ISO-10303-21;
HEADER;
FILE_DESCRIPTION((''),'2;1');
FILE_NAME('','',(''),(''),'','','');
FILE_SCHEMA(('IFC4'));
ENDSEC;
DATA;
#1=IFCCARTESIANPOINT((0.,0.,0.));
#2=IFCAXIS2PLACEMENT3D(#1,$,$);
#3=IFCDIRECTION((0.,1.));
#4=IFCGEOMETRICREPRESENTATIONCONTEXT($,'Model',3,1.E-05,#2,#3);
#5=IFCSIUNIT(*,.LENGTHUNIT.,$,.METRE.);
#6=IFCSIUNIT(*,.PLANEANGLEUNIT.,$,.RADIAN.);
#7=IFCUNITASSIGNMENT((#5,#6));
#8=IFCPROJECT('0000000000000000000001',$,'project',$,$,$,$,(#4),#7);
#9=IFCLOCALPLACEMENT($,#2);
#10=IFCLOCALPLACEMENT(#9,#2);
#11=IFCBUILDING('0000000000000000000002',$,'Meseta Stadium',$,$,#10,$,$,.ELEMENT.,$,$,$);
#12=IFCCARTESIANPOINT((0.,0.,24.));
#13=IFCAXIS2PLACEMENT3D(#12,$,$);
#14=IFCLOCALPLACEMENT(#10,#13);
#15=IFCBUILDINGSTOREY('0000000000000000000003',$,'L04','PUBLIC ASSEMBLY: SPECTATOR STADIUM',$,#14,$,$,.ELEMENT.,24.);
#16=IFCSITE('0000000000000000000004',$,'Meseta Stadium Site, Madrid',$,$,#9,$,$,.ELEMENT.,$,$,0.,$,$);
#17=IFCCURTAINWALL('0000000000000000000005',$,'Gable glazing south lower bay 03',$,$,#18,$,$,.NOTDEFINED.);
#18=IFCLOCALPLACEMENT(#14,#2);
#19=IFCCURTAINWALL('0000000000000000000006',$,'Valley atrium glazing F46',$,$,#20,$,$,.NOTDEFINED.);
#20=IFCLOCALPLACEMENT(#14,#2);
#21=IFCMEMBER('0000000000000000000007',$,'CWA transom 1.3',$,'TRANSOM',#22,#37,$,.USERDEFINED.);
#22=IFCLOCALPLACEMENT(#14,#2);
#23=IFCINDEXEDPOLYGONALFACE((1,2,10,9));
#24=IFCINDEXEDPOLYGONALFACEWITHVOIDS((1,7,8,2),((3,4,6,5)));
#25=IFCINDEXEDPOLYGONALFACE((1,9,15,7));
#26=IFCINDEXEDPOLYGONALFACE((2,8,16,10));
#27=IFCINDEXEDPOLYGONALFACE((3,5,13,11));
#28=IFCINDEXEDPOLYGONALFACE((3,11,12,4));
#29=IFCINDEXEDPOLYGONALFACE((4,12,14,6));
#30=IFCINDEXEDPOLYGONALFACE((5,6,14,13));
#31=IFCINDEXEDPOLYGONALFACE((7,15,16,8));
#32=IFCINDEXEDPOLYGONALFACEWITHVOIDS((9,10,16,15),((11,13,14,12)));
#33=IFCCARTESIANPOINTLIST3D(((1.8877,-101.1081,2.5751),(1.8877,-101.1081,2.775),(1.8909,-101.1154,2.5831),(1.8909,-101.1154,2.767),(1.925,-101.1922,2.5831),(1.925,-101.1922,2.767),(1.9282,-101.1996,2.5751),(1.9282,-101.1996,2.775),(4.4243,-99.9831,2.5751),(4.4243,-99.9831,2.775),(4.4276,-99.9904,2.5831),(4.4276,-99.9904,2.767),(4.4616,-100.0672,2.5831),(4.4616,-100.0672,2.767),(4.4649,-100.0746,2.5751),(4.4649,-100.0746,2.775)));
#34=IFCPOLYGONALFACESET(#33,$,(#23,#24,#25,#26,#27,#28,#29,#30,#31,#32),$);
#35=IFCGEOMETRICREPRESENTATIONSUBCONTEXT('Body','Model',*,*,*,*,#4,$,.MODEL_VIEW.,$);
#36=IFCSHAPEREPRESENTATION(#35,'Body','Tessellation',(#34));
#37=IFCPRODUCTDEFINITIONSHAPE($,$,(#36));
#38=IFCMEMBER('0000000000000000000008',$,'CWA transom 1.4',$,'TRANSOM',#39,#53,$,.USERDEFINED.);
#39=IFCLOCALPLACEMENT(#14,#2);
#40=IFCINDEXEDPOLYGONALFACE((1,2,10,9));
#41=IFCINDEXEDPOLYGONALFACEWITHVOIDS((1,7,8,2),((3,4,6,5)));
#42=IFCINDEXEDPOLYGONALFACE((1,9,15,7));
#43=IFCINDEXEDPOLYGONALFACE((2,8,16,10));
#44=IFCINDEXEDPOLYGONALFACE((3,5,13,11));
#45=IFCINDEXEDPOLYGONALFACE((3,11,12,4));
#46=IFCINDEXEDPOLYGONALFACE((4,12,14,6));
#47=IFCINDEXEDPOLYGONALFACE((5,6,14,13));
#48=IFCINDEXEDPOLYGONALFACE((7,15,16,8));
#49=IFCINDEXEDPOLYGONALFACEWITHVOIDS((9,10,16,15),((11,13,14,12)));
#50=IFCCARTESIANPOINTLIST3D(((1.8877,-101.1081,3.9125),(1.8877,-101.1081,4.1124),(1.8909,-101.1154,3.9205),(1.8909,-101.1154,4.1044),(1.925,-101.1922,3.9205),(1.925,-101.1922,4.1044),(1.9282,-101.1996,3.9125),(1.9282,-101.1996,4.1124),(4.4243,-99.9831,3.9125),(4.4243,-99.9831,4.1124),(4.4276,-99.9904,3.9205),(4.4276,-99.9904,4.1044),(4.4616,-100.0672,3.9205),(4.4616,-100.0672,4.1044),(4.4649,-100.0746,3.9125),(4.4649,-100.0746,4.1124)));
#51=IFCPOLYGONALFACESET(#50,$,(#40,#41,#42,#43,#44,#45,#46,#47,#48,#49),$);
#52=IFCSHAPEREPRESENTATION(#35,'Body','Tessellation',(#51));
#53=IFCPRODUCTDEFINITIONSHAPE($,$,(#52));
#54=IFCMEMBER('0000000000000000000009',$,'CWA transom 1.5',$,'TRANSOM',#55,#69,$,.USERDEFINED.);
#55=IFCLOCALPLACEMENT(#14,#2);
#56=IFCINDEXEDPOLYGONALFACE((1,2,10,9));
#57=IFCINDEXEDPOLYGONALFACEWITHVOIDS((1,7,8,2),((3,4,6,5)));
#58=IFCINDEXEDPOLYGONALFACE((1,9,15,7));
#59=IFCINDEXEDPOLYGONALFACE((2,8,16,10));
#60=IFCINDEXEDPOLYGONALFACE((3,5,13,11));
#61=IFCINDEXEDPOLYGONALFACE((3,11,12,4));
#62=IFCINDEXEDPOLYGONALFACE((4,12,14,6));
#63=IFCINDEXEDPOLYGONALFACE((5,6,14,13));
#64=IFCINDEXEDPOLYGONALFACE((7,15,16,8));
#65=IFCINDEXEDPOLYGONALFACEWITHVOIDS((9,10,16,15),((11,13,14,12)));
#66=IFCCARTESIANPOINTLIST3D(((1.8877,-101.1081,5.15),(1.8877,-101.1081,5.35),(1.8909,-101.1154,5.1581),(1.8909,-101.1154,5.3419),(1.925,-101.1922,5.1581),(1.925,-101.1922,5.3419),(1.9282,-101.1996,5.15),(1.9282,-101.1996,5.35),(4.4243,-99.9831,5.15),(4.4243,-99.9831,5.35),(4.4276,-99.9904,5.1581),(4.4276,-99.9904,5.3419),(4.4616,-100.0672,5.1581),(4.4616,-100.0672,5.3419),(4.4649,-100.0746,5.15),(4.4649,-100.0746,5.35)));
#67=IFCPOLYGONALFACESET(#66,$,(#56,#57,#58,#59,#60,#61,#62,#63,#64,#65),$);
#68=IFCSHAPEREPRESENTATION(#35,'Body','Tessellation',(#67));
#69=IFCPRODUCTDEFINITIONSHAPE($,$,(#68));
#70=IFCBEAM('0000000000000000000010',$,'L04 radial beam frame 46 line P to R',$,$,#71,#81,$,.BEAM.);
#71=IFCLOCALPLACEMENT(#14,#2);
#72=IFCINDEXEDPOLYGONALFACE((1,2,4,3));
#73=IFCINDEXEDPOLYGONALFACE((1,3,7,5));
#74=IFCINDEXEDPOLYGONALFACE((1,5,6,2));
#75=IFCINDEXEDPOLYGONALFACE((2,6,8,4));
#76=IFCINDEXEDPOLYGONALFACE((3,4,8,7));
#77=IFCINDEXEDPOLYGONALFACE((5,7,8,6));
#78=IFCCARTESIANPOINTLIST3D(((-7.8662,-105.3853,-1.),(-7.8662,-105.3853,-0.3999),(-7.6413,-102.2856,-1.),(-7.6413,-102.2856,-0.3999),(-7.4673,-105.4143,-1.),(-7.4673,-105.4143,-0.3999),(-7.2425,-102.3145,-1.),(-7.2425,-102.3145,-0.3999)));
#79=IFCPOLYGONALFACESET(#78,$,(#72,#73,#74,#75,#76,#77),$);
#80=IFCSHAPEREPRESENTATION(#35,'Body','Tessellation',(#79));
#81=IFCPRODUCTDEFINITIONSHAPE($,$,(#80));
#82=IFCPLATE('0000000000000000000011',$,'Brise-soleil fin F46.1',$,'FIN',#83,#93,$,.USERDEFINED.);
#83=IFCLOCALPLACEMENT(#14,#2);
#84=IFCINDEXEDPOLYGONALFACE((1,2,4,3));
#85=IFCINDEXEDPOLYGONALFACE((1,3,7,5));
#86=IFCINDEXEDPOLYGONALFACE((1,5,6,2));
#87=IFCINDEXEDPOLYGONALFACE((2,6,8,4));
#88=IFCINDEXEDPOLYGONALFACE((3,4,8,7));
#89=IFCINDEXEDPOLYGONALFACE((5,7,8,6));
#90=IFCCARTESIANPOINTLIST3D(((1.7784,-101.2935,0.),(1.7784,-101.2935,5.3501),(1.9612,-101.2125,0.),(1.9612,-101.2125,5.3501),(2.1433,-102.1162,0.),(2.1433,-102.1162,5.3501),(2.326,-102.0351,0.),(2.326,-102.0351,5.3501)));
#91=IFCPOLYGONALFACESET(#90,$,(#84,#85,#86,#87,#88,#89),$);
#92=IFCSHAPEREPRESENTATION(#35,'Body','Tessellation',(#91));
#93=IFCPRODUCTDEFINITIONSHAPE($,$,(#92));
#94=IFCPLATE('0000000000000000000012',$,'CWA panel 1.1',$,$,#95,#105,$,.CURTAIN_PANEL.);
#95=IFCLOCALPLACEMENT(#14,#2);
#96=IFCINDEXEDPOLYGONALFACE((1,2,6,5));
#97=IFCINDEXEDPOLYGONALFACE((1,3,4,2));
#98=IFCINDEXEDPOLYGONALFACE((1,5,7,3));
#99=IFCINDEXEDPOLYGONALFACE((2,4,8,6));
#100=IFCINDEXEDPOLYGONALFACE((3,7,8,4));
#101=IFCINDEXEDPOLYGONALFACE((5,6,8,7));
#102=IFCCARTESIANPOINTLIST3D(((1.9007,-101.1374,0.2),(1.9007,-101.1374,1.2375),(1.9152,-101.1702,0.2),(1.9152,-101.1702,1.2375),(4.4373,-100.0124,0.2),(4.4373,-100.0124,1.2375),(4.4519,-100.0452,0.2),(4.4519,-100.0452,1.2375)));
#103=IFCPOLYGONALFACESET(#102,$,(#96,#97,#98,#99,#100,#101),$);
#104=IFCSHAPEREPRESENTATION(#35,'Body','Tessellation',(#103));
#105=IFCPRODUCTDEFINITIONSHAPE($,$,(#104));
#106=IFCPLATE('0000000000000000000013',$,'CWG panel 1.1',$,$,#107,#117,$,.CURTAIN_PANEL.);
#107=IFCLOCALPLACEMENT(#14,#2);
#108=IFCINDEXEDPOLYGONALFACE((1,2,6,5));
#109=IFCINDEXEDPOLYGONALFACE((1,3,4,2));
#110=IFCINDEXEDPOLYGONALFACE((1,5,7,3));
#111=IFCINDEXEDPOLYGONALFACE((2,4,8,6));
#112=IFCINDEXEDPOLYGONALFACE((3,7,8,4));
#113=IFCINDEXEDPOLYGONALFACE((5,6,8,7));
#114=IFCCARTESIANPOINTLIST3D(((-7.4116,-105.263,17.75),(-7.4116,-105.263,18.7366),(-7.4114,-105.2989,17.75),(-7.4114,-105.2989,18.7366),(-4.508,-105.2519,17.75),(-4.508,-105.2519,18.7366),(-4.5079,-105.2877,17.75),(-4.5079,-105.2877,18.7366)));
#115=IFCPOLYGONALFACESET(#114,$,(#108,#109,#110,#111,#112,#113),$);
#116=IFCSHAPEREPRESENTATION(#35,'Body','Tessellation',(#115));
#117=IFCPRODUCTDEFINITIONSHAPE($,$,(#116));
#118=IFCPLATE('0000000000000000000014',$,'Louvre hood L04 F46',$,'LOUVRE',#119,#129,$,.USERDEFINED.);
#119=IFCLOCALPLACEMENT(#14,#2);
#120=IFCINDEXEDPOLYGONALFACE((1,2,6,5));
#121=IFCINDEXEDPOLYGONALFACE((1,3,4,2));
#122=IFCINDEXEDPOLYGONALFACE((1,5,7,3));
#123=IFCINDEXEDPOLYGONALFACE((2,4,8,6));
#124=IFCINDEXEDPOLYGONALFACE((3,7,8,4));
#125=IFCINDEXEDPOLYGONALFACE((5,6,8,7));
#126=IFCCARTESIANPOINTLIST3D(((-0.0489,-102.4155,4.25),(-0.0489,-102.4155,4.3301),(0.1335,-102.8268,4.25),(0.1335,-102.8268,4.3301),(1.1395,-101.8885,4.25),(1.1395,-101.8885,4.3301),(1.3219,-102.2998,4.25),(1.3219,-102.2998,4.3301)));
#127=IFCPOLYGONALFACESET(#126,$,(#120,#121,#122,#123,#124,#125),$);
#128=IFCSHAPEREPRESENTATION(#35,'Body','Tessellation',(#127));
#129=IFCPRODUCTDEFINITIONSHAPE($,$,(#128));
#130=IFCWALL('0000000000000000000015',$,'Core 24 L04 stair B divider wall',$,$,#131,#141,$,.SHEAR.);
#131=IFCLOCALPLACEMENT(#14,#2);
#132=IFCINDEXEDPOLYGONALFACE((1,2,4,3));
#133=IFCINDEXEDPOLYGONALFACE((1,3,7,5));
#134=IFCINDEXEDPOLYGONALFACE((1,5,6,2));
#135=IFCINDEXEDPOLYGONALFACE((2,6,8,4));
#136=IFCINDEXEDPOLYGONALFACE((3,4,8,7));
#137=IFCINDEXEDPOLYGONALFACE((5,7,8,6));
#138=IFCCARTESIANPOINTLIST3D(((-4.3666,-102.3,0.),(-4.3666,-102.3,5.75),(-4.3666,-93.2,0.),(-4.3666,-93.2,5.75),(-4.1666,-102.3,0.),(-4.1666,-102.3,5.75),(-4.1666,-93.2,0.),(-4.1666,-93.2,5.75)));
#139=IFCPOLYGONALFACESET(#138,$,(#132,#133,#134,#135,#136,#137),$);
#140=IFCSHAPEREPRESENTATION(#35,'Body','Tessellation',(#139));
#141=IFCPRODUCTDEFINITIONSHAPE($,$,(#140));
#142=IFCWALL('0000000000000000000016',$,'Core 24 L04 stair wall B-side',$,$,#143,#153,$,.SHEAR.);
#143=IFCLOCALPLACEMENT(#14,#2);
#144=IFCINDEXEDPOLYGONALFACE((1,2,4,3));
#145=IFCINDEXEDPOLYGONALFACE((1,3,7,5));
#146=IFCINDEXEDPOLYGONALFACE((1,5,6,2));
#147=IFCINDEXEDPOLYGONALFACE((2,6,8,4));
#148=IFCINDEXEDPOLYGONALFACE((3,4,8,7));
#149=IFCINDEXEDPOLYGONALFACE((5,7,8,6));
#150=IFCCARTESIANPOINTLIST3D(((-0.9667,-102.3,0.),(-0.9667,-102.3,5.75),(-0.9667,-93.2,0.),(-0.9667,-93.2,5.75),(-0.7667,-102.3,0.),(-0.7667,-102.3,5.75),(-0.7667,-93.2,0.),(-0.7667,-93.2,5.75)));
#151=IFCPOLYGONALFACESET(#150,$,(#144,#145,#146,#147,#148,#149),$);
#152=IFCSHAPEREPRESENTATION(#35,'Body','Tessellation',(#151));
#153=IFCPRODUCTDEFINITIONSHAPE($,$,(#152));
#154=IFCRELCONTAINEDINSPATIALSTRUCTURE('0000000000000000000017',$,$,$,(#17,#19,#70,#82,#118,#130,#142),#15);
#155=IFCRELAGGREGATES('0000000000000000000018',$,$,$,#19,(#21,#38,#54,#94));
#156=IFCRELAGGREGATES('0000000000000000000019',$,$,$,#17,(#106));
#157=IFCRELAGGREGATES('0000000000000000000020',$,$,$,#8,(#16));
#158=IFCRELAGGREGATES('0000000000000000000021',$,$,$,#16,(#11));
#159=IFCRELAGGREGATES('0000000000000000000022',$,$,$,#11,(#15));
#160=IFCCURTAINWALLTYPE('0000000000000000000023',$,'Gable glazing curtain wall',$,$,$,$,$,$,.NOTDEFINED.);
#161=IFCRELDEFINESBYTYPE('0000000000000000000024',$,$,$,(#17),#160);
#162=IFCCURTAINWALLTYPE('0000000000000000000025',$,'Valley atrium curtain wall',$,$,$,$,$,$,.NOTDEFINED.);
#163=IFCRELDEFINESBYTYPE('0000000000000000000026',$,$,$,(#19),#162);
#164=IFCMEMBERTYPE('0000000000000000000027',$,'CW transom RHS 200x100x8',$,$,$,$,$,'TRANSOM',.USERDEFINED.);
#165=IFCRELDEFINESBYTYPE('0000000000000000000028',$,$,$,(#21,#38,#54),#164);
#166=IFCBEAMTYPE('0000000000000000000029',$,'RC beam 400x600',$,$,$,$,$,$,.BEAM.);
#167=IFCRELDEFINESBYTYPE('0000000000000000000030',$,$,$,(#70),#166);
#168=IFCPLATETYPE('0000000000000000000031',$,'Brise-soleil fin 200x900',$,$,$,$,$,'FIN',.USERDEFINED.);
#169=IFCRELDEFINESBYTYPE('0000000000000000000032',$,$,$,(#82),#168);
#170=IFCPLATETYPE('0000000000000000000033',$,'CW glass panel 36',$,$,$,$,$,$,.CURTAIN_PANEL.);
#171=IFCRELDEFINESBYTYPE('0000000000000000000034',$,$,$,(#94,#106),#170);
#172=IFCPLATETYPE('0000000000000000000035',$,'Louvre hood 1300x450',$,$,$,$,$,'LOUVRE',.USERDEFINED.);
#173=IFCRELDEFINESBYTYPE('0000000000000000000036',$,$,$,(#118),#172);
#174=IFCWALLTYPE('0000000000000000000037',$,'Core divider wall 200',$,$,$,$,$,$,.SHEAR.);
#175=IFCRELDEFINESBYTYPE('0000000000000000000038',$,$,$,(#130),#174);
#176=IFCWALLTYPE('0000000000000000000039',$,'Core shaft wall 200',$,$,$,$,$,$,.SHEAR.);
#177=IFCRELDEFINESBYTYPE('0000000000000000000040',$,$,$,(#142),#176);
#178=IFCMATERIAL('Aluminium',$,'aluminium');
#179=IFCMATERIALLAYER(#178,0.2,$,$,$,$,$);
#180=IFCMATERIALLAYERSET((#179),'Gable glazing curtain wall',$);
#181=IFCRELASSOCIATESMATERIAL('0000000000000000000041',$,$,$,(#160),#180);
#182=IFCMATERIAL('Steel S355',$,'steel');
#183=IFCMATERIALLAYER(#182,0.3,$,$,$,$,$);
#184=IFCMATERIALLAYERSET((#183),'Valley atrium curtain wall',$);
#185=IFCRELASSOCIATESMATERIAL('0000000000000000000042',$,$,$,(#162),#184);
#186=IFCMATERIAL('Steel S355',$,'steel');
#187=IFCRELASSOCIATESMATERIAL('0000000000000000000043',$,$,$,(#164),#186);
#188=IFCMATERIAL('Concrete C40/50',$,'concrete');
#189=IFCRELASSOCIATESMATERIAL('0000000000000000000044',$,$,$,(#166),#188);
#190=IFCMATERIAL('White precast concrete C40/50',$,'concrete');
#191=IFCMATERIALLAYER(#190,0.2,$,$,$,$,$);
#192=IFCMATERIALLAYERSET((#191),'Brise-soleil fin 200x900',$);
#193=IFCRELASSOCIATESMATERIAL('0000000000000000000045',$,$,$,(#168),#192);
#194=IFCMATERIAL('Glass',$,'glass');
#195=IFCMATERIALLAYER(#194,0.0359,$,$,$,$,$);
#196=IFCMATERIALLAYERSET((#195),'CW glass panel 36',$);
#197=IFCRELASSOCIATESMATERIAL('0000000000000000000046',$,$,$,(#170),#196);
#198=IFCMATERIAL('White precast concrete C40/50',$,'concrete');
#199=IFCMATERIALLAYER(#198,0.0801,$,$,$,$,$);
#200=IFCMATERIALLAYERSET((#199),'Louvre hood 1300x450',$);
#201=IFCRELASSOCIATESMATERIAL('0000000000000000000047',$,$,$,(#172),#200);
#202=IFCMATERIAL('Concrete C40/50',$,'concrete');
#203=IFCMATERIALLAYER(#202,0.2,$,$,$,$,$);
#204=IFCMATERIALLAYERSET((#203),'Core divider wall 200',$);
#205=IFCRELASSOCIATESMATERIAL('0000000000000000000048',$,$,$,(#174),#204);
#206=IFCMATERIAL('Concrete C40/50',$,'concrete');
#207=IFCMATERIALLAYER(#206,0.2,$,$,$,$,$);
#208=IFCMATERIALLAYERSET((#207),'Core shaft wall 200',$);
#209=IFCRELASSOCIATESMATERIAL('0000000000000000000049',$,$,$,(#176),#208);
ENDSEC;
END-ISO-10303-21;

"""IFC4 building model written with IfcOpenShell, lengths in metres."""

from ifc_helpers import new_model, si_unit, direction, frame, frame_2d, origin, origin_2d, place, context, subcontext, project, spatial, rectangle, hollow_rectangle, extrude, material, layer, layer_set, material_profile, profile_set, type_object, element, aggregate, save


model = new_model("IFC4")

# Units and contexts
model_context = context("Model", 3, precision=1e-05, world=origin(), true_north=direction((0.0, 1.0)))
body_context = subcontext(model_context, "Body", "Model", "MODEL_VIEW")
ifc_project = project(units=[si_unit("LENGTHUNIT", "METRE"), si_unit("PLANEANGLEUNIT", "RADIAN")], contexts=[model_context])

# Site, building, storey
site_placement = place(None, origin())
site = spatial("IfcSite", under=ifc_project, at=site_placement, Name="Meseta Stadium Site, Madrid", CompositionType="ELEMENT", RefElevation=0.0)
building_placement = place(site_placement, origin())
building = spatial("IfcBuilding", under=site, at=building_placement, Name="Meseta Stadium", CompositionType="ELEMENT")
storey_placement = place(building_placement, frame((0.0, 0.0, 24.0)))
storey = spatial("IfcBuildingStorey", under=building, at=storey_placement, Name="L04", Description="PUBLIC ASSEMBLY: SPECTATOR STADIUM", CompositionType="ELEMENT", Elevation=24.0)

# Curtain wall
ifc_material_1 = material(Name="Aluminium", Category="aluminium")
ifc_layer_1 = layer(ifc_material_1, 0.2)
ifc_layer_set_1 = layer_set([ifc_layer_1], Name="Gable glazing curtain wall")
curtain_wall_type_1 = type_object("IfcCurtainWallType", Name="Gable glazing curtain wall", PredefinedType="NOTDEFINED", material=ifc_layer_set_1)
curtain_wall_1_placement = place(storey_placement, origin())
curtain_wall_1 = element("IfcCurtainWall", 1, at=curtain_wall_1_placement, inside=storey, type_object=curtain_wall_type_1, Name="Gable glazing south lower bay 03", PredefinedType="NOTDEFINED")

# Curtain wall
ifc_material_2 = material(Name="Steel S355", Category="steel")
ifc_layer_2 = layer(ifc_material_2, 0.3)
ifc_layer_set_2 = layer_set([ifc_layer_2], Name="Valley atrium curtain wall")
curtain_wall_type_2 = type_object("IfcCurtainWallType", Name="Valley atrium curtain wall", PredefinedType="NOTDEFINED", material=ifc_layer_set_2)
curtain_wall_2_placement = place(storey_placement, origin())
curtain_wall_2 = element("IfcCurtainWall", 2, at=curtain_wall_2_placement, inside=storey, type_object=curtain_wall_type_2, Name="Valley atrium glazing F46", PredefinedType="NOTDEFINED")

# Members
ifc_material_3 = material(Name="Steel S355", Category="steel")
ifc_material_profile_1 = material_profile(ifc_material_3, hollow_rectangle(XDim=0.1001, YDim=0.2, WallThickness=0.0081, at=origin_2d()), Name="RHS 200x100x8")
ifc_profile_set_1 = profile_set([ifc_material_profile_1], Name="Steel S355")
member_type_1 = type_object("IfcMemberType", Name="CW transom RHS 200x100x8", ElementType="TRANSOM", PredefinedType="USERDEFINED", material=ifc_profile_set_1)
member_1_placement = place(storey_placement, frame((1.908, -101.1538, 2.675), z_axis=(0.914131, 0.40542, 0.0), x_axis=(-0.40542, 0.914131, 0.0)))
member_1 = element("IfcMember", 3, at=member_1_placement, type_object=member_type_1, Name="CWA transom 1.3", ObjectType="TRANSOM", PredefinedType="USERDEFINED", context=body_context, shape_type="SweptSolid", body=[
    extrude(hollow_rectangle(XDim=0.1001, YDim=0.2, WallThickness=0.0081, at=origin_2d()), origin(), (0.0, 0.0, 1.0), 2.7749),
])
member_2_placement = place(storey_placement, frame((1.908, -101.1538, 4.0125), z_axis=(0.914131, 0.40542, 0.0), x_axis=(-0.40542, 0.914131, 0.0)))
member_2 = element("IfcMember", 4, at=member_2_placement, type_object=member_type_1, Name="CWA transom 1.4", ObjectType="TRANSOM", PredefinedType="USERDEFINED", context=body_context, shape_type="SweptSolid", body=[
    extrude(hollow_rectangle(XDim=0.1001, YDim=0.2, WallThickness=0.0081, at=origin_2d()), origin(), (0.0, 0.0, 1.0), 2.7749),
])
member_3_placement = place(storey_placement, frame((1.908, -101.1538, 5.25), z_axis=(0.914131, 0.40542, 0.0), x_axis=(-0.40542, 0.914131, 0.0)))
member_3 = element("IfcMember", 5, at=member_3_placement, type_object=member_type_1, Name="CWA transom 1.5", ObjectType="TRANSOM", PredefinedType="USERDEFINED", context=body_context, shape_type="SweptSolid", body=[
    extrude(hollow_rectangle(XDim=0.1001, YDim=0.2, WallThickness=0.0081, at=origin_2d()), origin(), (0.0, 0.0, 1.0), 2.7749),
])

# Beam
ifc_material_4 = material(Name="Concrete C40/50", Category="concrete")
ifc_material_profile_2 = material_profile(ifc_material_4, rectangle(XDim=0.3999, YDim=0.6001, at=origin_2d()), Name="RC 400x600")
ifc_profile_set_2 = profile_set([ifc_material_profile_2], Name="Concrete C40/50")
beam_type = type_object("IfcBeamType", Name="RC beam 400x600", PredefinedType="BEAM", material=ifc_profile_set_2)
beam_placement = place(storey_placement, frame((-7.4419, -102.3, -0.7), z_axis=(-0.072347, -0.99738, 0.0), x_axis=(0.99738, -0.072347, 0.0)))
element("IfcBeam", 6, at=beam_placement, inside=storey, type_object=beam_type, Name="L04 radial beam frame 46 line P to R", PredefinedType="BEAM", context=body_context, shape_type="SweptSolid", body=[
    extrude(rectangle(XDim=0.3999, YDim=0.6001, at=origin_2d()), origin(), (0.0, 0.0, 1.0), 3.1079),
])

# Plates
ifc_material_5 = material(Name="White precast concrete C40/50", Category="concrete")
ifc_layer_3 = layer(ifc_material_5, 0.2)
ifc_layer_set_3 = layer_set([ifc_layer_3], Name="Brise-soleil fin 200x900")
plate_type_1 = type_object("IfcPlateType", Name="Brise-soleil fin 200x900", ElementType="FIN", PredefinedType="USERDEFINED", material=ifc_layer_set_3)
plate_1_placement = place(storey_placement, frame((2.0522, -101.6643, 0.0), z_axis=(0.0, 0.0, 1.0), x_axis=(0.914139, 0.405401, 0.0)))
element("IfcPlate", 7, at=plate_1_placement, inside=storey, type_object=plate_type_1, Name="Brise-soleil fin F46.1", ObjectType="FIN", PredefinedType="USERDEFINED", context=body_context, shape_type="SweptSolid", body=[
    extrude(rectangle(XDim=0.2, YDim=0.8999, at=origin_2d()), origin(), (0.0, 0.0, 1.0), 5.3501),
])
ifc_material_6 = material(Name="Glass", Category="glass")
ifc_layer_4 = layer(ifc_material_6, 0.0359)
ifc_layer_set_4 = layer_set([ifc_layer_4], Name="CW glass panel 36")
plate_type_2 = type_object("IfcPlateType", Name="CW glass panel 36", PredefinedType="CURTAIN_PANEL", material=ifc_layer_set_4)
plate_2_placement = place(storey_placement, frame((3.1763, -100.5913, 0.2), z_axis=(0.0, 0.0, 1.0), x_axis=(0.914139, 0.405401, 0.0)))
plate_2 = element("IfcPlate", 8, at=plate_2_placement, type_object=plate_type_2, Name="CWA panel 1.1", PredefinedType="CURTAIN_PANEL", context=body_context, shape_type="SweptSolid", body=[
    extrude(rectangle(XDim=2.7749, YDim=0.0359, at=origin_2d()), origin(), (0.0, 0.0, 1.0), 1.0376),
])
aggregate(curtain_wall_2, [member_1, member_2, member_3, plate_2])
plate_3_placement = place(storey_placement, frame((-5.9597, -105.2754, 17.75), z_axis=(0.0, 0.0, 1.0), x_axis=(0.999993, 0.003848, 0.0)))
plate_3 = element("IfcPlate", 9, at=plate_3_placement, type_object=plate_type_2, Name="CWG panel 1.1", PredefinedType="CURTAIN_PANEL", context=body_context, shape_type="SweptSolid", body=[
    extrude(rectangle(XDim=2.9036, YDim=0.0359, at=origin_2d()), origin(), (0.0, 0.0, 1.0), 0.9866),
])
aggregate(curtain_wall_1, [plate_3])
ifc_material_7 = material(Name="White precast concrete C40/50", Category="concrete")
ifc_layer_5 = layer(ifc_material_7, 0.0801)
ifc_layer_set_5 = layer_set([ifc_layer_5], Name="Louvre hood 1300x450")
plate_type_3 = type_object("IfcPlateType", Name="Louvre hood 1300x450", ElementType="LOUVRE", PredefinedType="USERDEFINED", material=ifc_layer_set_5)
plate_4_placement = place(storey_placement, frame((0.6365, -102.3577, 4.25), z_axis=(0.0, 0.0, 1.0), x_axis=(0.914139, 0.405401, 0.0)))
element("IfcPlate", 10, at=plate_4_placement, inside=storey, type_object=plate_type_3, Name="Louvre hood L04 F46", ObjectType="LOUVRE", PredefinedType="USERDEFINED", context=body_context, shape_type="SweptSolid", body=[
    extrude(rectangle(XDim=1.3, YDim=0.45, at=origin_2d()), origin(), (0.0, 0.0, 1.0), 0.0801),
])

# Walls
ifc_material_8 = material(Name="Concrete C40/50", Category="concrete")
ifc_layer_6 = layer(ifc_material_8, 0.2)
ifc_layer_set_6 = layer_set([ifc_layer_6], Name="Core divider wall 200")
wall_type_1 = type_object("IfcWallType", Name="Core divider wall 200", PredefinedType="SHEAR", material=ifc_layer_set_6)
wall_1_placement = place(storey_placement, frame((-4.2666, -102.3, 0.0), z_axis=(0.0, 0.0, 1.0), x_axis=(0.0, 1.0, 0.0)))
element("IfcWall", 11, at=wall_1_placement, inside=storey, type_object=wall_type_1, Name="Core 24 L04 stair B divider wall", PredefinedType="SHEAR", context=body_context, shape_type="SweptSolid", body=[
    extrude(rectangle(XDim=9.1001, YDim=0.2, at=frame_2d((4.55, 0.0))), origin(), (0.0, 0.0, 1.0), 5.75),
])
ifc_material_9 = material(Name="Concrete C40/50", Category="concrete")
ifc_layer_7 = layer(ifc_material_9, 0.2)
ifc_layer_set_7 = layer_set([ifc_layer_7], Name="Core shaft wall 200")
wall_type_2 = type_object("IfcWallType", Name="Core shaft wall 200", PredefinedType="SHEAR", material=ifc_layer_set_7)
wall_2_placement = place(storey_placement, frame((-0.8667, -102.3, 0.0), z_axis=(0.0, 0.0, 1.0), x_axis=(0.0, 1.0, 0.0)))
element("IfcWall", 12, at=wall_2_placement, inside=storey, type_object=wall_type_2, Name="Core 24 L04 stair wall B-side", PredefinedType="SHEAR", context=body_context, shape_type="SweptSolid", body=[
    extrude(rectangle(XDim=9.1001, YDim=0.2, at=frame_2d((4.55, 0.0))), origin(), (0.0, 0.0, 1.0), 5.75),
])

save(model, "model.ifc")
